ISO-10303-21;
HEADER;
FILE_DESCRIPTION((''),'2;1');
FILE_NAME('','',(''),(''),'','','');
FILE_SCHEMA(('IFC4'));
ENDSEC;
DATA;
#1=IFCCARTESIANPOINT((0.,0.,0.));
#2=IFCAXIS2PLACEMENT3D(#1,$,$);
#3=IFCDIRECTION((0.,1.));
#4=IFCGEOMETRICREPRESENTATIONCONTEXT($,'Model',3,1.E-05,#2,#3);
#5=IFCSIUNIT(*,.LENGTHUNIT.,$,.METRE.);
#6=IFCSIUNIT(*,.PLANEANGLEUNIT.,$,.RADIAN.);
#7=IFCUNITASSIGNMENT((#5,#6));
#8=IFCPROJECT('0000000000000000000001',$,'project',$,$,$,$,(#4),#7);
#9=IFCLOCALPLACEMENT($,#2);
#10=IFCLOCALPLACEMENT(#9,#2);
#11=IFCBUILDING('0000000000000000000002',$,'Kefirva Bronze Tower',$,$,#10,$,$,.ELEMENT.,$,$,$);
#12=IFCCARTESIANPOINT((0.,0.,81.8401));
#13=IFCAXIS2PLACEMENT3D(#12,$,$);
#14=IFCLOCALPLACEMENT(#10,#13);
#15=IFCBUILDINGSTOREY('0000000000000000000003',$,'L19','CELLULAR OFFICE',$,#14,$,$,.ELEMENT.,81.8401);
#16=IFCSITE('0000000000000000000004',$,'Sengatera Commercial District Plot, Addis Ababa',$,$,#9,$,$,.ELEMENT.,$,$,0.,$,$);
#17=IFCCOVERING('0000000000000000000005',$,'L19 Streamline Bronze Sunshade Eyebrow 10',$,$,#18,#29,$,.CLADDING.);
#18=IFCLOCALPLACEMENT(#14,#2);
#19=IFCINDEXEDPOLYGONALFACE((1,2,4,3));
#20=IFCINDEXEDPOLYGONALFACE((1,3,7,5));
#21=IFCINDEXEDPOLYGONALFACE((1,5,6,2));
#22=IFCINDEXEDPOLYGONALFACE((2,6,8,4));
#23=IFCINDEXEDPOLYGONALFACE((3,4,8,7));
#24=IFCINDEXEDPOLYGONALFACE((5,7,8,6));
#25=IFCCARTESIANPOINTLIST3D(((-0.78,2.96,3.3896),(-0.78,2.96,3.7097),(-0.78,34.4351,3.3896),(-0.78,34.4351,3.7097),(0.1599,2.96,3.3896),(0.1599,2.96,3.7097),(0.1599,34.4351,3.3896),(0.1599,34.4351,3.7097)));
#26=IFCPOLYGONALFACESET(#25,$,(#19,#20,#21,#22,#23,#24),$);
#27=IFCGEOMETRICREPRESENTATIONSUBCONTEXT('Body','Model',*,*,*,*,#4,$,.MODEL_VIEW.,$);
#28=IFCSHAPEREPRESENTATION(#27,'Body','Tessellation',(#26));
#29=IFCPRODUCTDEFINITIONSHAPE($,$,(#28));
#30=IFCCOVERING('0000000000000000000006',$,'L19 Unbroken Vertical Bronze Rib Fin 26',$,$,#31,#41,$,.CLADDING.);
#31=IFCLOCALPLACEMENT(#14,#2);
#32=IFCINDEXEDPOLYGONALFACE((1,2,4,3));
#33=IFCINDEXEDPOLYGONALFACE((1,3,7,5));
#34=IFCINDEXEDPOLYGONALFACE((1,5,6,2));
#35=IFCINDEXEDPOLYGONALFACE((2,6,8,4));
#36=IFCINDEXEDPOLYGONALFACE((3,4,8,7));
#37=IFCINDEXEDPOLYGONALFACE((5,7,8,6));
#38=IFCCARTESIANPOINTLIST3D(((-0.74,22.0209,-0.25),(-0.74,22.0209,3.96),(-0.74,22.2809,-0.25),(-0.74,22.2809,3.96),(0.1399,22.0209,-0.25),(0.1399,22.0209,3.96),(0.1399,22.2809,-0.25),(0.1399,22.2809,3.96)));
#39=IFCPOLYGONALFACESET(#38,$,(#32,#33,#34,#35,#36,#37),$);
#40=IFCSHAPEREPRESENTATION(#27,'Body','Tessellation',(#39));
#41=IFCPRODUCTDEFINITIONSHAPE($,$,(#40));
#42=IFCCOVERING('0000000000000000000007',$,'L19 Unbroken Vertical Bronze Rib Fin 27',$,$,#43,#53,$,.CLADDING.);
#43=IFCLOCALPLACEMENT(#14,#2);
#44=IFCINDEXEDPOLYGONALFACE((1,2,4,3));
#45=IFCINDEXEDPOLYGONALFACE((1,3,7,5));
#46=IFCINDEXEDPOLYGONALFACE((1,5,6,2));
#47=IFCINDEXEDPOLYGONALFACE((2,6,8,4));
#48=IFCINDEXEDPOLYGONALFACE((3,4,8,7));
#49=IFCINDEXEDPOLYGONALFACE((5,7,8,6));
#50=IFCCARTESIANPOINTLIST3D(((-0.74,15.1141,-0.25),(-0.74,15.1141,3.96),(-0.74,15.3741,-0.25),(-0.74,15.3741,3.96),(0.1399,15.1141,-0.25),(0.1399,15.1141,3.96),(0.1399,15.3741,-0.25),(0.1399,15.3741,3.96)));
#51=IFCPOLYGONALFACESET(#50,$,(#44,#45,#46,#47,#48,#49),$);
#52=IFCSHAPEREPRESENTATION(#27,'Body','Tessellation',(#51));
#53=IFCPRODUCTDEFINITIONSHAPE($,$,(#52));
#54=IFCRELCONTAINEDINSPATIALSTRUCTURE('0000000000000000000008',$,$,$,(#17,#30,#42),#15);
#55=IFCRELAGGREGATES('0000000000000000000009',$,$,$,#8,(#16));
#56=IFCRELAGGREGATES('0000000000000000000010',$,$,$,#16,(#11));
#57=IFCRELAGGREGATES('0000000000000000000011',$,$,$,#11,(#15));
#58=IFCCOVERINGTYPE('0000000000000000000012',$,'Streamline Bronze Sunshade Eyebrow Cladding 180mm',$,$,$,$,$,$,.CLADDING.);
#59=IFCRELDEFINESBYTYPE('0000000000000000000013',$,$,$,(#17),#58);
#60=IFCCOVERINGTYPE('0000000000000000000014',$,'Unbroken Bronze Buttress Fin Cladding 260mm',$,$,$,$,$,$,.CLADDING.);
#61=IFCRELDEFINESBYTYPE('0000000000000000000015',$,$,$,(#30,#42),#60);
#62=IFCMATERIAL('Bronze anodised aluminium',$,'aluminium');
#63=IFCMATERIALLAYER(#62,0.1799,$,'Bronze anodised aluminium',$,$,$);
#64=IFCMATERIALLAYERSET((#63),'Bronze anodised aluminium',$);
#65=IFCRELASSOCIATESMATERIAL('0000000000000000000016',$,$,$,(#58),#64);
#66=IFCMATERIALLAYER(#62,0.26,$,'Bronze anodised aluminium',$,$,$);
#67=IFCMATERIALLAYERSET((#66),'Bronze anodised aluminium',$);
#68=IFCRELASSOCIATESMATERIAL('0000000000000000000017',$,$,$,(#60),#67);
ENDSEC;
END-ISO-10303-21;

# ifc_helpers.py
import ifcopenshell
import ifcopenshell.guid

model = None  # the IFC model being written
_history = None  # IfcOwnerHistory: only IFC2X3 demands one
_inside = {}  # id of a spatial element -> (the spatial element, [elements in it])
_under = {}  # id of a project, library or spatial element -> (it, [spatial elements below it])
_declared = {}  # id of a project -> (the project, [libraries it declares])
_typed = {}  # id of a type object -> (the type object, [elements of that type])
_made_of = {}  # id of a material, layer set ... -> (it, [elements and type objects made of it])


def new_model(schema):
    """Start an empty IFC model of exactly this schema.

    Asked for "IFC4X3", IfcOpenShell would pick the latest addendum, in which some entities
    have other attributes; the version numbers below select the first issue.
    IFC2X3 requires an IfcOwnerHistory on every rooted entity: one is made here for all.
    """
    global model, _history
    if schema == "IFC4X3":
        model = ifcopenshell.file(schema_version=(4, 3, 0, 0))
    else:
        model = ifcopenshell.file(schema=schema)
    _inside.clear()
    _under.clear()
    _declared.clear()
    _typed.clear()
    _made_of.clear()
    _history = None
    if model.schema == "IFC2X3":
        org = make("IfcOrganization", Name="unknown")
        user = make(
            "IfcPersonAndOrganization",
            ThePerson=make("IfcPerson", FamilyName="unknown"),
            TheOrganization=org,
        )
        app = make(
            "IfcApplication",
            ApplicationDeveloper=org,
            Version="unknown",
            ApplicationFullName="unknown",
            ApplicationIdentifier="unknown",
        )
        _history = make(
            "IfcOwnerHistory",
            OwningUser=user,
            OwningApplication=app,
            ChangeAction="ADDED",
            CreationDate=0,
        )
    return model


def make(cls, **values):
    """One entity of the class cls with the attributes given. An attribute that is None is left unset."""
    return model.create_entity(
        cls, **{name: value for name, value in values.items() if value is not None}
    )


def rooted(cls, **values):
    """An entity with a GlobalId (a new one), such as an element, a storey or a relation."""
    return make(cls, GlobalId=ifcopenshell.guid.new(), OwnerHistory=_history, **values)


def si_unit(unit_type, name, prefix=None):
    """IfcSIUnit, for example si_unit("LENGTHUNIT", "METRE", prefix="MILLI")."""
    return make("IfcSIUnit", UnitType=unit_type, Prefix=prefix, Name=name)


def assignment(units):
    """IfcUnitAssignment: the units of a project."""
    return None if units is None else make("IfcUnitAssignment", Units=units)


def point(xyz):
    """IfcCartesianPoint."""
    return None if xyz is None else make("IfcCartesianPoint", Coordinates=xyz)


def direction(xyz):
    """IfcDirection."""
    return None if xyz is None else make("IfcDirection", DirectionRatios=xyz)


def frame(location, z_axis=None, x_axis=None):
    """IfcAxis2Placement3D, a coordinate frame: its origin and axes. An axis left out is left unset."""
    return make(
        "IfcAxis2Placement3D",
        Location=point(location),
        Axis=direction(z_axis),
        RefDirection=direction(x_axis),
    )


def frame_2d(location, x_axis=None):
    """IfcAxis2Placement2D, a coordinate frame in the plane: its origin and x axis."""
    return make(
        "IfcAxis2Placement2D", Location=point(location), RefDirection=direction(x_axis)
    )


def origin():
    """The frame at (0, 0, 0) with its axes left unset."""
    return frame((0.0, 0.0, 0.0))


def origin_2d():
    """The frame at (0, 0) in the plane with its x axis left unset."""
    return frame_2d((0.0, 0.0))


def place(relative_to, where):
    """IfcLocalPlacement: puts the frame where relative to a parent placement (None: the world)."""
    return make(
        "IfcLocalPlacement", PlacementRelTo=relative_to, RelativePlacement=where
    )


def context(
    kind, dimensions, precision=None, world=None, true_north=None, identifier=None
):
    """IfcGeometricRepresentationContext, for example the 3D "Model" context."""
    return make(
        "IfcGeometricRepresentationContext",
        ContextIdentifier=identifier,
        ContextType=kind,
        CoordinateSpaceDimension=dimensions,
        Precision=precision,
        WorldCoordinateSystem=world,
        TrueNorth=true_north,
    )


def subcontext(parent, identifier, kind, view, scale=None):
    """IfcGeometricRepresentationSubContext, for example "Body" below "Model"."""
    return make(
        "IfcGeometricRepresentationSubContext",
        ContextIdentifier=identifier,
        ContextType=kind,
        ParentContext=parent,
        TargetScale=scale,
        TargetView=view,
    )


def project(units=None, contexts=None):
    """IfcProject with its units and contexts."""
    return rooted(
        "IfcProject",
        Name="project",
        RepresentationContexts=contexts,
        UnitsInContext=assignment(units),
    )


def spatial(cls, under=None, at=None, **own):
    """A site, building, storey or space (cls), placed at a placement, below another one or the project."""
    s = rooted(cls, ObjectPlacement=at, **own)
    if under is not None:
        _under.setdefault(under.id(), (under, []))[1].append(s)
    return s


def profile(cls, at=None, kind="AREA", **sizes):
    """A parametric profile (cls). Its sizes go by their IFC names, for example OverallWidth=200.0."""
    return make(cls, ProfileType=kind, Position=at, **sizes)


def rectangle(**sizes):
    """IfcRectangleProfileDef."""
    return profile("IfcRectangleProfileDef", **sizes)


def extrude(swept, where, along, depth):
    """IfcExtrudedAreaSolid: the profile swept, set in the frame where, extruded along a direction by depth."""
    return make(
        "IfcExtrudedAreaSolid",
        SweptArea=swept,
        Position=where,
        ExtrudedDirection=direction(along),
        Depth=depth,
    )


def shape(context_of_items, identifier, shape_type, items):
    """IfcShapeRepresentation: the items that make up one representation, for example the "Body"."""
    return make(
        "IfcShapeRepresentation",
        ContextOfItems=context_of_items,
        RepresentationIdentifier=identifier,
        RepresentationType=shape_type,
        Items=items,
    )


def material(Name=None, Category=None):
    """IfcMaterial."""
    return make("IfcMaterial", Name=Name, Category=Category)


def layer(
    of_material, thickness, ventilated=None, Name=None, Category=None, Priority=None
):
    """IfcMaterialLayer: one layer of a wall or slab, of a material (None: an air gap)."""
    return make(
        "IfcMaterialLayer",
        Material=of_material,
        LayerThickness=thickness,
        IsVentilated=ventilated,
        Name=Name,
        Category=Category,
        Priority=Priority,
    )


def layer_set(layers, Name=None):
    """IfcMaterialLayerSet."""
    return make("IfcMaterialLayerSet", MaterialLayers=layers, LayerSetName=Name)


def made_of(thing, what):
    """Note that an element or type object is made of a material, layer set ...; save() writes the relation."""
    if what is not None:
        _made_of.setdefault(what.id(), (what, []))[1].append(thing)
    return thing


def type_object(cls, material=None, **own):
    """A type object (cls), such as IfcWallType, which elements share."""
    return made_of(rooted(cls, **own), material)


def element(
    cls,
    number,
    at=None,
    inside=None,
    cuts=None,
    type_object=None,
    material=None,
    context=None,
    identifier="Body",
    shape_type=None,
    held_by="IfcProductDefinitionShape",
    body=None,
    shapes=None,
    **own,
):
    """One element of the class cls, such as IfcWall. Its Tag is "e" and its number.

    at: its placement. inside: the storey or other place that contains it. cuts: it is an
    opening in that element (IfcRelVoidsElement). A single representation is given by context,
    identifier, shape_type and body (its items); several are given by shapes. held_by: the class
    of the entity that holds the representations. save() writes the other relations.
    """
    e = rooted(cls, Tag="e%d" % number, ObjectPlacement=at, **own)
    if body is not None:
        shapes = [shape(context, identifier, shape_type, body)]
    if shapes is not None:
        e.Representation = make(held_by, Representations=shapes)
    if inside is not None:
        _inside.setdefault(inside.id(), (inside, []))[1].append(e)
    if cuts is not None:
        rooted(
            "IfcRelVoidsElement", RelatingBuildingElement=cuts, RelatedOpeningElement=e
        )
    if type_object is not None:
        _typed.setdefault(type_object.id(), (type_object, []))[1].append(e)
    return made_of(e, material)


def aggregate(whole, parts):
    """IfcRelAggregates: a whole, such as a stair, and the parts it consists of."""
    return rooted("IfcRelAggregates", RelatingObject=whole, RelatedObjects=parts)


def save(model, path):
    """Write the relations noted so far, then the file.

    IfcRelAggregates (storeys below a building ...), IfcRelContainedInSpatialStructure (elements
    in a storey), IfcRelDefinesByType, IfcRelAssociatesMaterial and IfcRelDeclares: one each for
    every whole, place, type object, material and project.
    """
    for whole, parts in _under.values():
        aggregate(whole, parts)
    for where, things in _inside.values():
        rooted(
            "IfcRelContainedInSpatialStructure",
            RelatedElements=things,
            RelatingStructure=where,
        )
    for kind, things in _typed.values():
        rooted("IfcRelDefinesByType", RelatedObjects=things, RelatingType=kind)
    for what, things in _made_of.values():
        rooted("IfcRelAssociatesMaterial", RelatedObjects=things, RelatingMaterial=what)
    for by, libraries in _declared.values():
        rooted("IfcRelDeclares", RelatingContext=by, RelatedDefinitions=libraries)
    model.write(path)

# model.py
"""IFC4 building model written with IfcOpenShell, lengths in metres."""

from ifc_helpers import new_model, si_unit, direction, frame, origin, origin_2d, place, context, subcontext, project, spatial, rectangle, extrude, material, layer, layer_set, type_object, element, save


model = new_model("IFC4")

# Units and contexts
model_context = context("Model", 3, precision=1e-05, world=origin(), true_north=direction((0.0, 1.0)))
body_context = subcontext(model_context, "Body", "Model", "MODEL_VIEW")
ifc_project = project(units=[si_unit("LENGTHUNIT", "METRE"), si_unit("PLANEANGLEUNIT", "RADIAN")], contexts=[model_context])

# Site, building, storey
site_placement = place(None, origin())
site = spatial("IfcSite", under=ifc_project, at=site_placement, Name="Sengatera Commercial District Plot, Addis Ababa", CompositionType="ELEMENT", RefElevation=0.0)
building_placement = place(site_placement, origin())
building = spatial("IfcBuilding", under=site, at=building_placement, Name="Kefirva Bronze Tower", CompositionType="ELEMENT")
storey_placement = place(building_placement, frame((0.0, 0.0, 81.8401)))
storey = spatial("IfcBuildingStorey", under=building, at=storey_placement, Name="L19", Description="CELLULAR OFFICE", CompositionType="ELEMENT", Elevation=81.8401)

# Shared definitions
ifc_material_1 = material(Name="Bronze anodised aluminium", Category="aluminium")

# Coverings
ifc_layer_1 = layer(ifc_material_1, 0.1799, Name="Bronze anodised aluminium")
ifc_layer_set_1 = layer_set([ifc_layer_1], Name="Bronze anodised aluminium")
covering_type_1 = type_object("IfcCoveringType", Name="Streamline Bronze Sunshade Eyebrow Cladding 180mm", PredefinedType="CLADDING", material=ifc_layer_set_1)
covering_1_placement = place(storey_placement, frame((-0.3101, 18.6975, 3.3896), z_axis=(0.0, 0.0, 1.0), x_axis=(0.0, -1.0, 0.0)))
element("IfcCovering", 1, at=covering_1_placement, inside=storey, type_object=covering_type_1, Name="L19 Streamline Bronze Sunshade Eyebrow 10", PredefinedType="CLADDING", context=body_context, shape_type="SweptSolid", body=[
    extrude(rectangle(XDim=31.4751, YDim=0.9399, at=origin_2d()), origin(), (0.0, 0.0, 1.0), 0.3201),
])
ifc_layer_2 = layer(ifc_material_1, 0.26, Name="Bronze anodised aluminium")
ifc_layer_set_2 = layer_set([ifc_layer_2], Name="Bronze anodised aluminium")
covering_type_2 = type_object("IfcCoveringType", Name="Unbroken Bronze Buttress Fin Cladding 260mm", PredefinedType="CLADDING", material=ifc_layer_set_2)
for number, where, z_axis, x_axis, name in (
    (2, (-0.3, 22.1509, -0.25), (0.0, 0.0, 1.0), (0.0, -1.0, 0.0), "L19 Unbroken Vertical Bronze Rib Fin 26"),
    (3, (-0.3, 15.2441, -0.25), (0.0, 0.0, 1.0), (0.0, -1.0, 0.0), "L19 Unbroken Vertical Bronze Rib Fin 27"),
):
    element("IfcCovering", number, at=place(storey_placement, frame(where, z_axis=z_axis, x_axis=x_axis)), inside=storey, type_object=covering_type_2, Name=name, PredefinedType="CLADDING", context=body_context, shape_type="SweptSolid", body=[
        extrude(rectangle(XDim=0.26, YDim=0.8799, at=origin_2d()), origin(), (0.0, 0.0, 1.0), 4.21),
    ])

save(model, "model.ifc")
